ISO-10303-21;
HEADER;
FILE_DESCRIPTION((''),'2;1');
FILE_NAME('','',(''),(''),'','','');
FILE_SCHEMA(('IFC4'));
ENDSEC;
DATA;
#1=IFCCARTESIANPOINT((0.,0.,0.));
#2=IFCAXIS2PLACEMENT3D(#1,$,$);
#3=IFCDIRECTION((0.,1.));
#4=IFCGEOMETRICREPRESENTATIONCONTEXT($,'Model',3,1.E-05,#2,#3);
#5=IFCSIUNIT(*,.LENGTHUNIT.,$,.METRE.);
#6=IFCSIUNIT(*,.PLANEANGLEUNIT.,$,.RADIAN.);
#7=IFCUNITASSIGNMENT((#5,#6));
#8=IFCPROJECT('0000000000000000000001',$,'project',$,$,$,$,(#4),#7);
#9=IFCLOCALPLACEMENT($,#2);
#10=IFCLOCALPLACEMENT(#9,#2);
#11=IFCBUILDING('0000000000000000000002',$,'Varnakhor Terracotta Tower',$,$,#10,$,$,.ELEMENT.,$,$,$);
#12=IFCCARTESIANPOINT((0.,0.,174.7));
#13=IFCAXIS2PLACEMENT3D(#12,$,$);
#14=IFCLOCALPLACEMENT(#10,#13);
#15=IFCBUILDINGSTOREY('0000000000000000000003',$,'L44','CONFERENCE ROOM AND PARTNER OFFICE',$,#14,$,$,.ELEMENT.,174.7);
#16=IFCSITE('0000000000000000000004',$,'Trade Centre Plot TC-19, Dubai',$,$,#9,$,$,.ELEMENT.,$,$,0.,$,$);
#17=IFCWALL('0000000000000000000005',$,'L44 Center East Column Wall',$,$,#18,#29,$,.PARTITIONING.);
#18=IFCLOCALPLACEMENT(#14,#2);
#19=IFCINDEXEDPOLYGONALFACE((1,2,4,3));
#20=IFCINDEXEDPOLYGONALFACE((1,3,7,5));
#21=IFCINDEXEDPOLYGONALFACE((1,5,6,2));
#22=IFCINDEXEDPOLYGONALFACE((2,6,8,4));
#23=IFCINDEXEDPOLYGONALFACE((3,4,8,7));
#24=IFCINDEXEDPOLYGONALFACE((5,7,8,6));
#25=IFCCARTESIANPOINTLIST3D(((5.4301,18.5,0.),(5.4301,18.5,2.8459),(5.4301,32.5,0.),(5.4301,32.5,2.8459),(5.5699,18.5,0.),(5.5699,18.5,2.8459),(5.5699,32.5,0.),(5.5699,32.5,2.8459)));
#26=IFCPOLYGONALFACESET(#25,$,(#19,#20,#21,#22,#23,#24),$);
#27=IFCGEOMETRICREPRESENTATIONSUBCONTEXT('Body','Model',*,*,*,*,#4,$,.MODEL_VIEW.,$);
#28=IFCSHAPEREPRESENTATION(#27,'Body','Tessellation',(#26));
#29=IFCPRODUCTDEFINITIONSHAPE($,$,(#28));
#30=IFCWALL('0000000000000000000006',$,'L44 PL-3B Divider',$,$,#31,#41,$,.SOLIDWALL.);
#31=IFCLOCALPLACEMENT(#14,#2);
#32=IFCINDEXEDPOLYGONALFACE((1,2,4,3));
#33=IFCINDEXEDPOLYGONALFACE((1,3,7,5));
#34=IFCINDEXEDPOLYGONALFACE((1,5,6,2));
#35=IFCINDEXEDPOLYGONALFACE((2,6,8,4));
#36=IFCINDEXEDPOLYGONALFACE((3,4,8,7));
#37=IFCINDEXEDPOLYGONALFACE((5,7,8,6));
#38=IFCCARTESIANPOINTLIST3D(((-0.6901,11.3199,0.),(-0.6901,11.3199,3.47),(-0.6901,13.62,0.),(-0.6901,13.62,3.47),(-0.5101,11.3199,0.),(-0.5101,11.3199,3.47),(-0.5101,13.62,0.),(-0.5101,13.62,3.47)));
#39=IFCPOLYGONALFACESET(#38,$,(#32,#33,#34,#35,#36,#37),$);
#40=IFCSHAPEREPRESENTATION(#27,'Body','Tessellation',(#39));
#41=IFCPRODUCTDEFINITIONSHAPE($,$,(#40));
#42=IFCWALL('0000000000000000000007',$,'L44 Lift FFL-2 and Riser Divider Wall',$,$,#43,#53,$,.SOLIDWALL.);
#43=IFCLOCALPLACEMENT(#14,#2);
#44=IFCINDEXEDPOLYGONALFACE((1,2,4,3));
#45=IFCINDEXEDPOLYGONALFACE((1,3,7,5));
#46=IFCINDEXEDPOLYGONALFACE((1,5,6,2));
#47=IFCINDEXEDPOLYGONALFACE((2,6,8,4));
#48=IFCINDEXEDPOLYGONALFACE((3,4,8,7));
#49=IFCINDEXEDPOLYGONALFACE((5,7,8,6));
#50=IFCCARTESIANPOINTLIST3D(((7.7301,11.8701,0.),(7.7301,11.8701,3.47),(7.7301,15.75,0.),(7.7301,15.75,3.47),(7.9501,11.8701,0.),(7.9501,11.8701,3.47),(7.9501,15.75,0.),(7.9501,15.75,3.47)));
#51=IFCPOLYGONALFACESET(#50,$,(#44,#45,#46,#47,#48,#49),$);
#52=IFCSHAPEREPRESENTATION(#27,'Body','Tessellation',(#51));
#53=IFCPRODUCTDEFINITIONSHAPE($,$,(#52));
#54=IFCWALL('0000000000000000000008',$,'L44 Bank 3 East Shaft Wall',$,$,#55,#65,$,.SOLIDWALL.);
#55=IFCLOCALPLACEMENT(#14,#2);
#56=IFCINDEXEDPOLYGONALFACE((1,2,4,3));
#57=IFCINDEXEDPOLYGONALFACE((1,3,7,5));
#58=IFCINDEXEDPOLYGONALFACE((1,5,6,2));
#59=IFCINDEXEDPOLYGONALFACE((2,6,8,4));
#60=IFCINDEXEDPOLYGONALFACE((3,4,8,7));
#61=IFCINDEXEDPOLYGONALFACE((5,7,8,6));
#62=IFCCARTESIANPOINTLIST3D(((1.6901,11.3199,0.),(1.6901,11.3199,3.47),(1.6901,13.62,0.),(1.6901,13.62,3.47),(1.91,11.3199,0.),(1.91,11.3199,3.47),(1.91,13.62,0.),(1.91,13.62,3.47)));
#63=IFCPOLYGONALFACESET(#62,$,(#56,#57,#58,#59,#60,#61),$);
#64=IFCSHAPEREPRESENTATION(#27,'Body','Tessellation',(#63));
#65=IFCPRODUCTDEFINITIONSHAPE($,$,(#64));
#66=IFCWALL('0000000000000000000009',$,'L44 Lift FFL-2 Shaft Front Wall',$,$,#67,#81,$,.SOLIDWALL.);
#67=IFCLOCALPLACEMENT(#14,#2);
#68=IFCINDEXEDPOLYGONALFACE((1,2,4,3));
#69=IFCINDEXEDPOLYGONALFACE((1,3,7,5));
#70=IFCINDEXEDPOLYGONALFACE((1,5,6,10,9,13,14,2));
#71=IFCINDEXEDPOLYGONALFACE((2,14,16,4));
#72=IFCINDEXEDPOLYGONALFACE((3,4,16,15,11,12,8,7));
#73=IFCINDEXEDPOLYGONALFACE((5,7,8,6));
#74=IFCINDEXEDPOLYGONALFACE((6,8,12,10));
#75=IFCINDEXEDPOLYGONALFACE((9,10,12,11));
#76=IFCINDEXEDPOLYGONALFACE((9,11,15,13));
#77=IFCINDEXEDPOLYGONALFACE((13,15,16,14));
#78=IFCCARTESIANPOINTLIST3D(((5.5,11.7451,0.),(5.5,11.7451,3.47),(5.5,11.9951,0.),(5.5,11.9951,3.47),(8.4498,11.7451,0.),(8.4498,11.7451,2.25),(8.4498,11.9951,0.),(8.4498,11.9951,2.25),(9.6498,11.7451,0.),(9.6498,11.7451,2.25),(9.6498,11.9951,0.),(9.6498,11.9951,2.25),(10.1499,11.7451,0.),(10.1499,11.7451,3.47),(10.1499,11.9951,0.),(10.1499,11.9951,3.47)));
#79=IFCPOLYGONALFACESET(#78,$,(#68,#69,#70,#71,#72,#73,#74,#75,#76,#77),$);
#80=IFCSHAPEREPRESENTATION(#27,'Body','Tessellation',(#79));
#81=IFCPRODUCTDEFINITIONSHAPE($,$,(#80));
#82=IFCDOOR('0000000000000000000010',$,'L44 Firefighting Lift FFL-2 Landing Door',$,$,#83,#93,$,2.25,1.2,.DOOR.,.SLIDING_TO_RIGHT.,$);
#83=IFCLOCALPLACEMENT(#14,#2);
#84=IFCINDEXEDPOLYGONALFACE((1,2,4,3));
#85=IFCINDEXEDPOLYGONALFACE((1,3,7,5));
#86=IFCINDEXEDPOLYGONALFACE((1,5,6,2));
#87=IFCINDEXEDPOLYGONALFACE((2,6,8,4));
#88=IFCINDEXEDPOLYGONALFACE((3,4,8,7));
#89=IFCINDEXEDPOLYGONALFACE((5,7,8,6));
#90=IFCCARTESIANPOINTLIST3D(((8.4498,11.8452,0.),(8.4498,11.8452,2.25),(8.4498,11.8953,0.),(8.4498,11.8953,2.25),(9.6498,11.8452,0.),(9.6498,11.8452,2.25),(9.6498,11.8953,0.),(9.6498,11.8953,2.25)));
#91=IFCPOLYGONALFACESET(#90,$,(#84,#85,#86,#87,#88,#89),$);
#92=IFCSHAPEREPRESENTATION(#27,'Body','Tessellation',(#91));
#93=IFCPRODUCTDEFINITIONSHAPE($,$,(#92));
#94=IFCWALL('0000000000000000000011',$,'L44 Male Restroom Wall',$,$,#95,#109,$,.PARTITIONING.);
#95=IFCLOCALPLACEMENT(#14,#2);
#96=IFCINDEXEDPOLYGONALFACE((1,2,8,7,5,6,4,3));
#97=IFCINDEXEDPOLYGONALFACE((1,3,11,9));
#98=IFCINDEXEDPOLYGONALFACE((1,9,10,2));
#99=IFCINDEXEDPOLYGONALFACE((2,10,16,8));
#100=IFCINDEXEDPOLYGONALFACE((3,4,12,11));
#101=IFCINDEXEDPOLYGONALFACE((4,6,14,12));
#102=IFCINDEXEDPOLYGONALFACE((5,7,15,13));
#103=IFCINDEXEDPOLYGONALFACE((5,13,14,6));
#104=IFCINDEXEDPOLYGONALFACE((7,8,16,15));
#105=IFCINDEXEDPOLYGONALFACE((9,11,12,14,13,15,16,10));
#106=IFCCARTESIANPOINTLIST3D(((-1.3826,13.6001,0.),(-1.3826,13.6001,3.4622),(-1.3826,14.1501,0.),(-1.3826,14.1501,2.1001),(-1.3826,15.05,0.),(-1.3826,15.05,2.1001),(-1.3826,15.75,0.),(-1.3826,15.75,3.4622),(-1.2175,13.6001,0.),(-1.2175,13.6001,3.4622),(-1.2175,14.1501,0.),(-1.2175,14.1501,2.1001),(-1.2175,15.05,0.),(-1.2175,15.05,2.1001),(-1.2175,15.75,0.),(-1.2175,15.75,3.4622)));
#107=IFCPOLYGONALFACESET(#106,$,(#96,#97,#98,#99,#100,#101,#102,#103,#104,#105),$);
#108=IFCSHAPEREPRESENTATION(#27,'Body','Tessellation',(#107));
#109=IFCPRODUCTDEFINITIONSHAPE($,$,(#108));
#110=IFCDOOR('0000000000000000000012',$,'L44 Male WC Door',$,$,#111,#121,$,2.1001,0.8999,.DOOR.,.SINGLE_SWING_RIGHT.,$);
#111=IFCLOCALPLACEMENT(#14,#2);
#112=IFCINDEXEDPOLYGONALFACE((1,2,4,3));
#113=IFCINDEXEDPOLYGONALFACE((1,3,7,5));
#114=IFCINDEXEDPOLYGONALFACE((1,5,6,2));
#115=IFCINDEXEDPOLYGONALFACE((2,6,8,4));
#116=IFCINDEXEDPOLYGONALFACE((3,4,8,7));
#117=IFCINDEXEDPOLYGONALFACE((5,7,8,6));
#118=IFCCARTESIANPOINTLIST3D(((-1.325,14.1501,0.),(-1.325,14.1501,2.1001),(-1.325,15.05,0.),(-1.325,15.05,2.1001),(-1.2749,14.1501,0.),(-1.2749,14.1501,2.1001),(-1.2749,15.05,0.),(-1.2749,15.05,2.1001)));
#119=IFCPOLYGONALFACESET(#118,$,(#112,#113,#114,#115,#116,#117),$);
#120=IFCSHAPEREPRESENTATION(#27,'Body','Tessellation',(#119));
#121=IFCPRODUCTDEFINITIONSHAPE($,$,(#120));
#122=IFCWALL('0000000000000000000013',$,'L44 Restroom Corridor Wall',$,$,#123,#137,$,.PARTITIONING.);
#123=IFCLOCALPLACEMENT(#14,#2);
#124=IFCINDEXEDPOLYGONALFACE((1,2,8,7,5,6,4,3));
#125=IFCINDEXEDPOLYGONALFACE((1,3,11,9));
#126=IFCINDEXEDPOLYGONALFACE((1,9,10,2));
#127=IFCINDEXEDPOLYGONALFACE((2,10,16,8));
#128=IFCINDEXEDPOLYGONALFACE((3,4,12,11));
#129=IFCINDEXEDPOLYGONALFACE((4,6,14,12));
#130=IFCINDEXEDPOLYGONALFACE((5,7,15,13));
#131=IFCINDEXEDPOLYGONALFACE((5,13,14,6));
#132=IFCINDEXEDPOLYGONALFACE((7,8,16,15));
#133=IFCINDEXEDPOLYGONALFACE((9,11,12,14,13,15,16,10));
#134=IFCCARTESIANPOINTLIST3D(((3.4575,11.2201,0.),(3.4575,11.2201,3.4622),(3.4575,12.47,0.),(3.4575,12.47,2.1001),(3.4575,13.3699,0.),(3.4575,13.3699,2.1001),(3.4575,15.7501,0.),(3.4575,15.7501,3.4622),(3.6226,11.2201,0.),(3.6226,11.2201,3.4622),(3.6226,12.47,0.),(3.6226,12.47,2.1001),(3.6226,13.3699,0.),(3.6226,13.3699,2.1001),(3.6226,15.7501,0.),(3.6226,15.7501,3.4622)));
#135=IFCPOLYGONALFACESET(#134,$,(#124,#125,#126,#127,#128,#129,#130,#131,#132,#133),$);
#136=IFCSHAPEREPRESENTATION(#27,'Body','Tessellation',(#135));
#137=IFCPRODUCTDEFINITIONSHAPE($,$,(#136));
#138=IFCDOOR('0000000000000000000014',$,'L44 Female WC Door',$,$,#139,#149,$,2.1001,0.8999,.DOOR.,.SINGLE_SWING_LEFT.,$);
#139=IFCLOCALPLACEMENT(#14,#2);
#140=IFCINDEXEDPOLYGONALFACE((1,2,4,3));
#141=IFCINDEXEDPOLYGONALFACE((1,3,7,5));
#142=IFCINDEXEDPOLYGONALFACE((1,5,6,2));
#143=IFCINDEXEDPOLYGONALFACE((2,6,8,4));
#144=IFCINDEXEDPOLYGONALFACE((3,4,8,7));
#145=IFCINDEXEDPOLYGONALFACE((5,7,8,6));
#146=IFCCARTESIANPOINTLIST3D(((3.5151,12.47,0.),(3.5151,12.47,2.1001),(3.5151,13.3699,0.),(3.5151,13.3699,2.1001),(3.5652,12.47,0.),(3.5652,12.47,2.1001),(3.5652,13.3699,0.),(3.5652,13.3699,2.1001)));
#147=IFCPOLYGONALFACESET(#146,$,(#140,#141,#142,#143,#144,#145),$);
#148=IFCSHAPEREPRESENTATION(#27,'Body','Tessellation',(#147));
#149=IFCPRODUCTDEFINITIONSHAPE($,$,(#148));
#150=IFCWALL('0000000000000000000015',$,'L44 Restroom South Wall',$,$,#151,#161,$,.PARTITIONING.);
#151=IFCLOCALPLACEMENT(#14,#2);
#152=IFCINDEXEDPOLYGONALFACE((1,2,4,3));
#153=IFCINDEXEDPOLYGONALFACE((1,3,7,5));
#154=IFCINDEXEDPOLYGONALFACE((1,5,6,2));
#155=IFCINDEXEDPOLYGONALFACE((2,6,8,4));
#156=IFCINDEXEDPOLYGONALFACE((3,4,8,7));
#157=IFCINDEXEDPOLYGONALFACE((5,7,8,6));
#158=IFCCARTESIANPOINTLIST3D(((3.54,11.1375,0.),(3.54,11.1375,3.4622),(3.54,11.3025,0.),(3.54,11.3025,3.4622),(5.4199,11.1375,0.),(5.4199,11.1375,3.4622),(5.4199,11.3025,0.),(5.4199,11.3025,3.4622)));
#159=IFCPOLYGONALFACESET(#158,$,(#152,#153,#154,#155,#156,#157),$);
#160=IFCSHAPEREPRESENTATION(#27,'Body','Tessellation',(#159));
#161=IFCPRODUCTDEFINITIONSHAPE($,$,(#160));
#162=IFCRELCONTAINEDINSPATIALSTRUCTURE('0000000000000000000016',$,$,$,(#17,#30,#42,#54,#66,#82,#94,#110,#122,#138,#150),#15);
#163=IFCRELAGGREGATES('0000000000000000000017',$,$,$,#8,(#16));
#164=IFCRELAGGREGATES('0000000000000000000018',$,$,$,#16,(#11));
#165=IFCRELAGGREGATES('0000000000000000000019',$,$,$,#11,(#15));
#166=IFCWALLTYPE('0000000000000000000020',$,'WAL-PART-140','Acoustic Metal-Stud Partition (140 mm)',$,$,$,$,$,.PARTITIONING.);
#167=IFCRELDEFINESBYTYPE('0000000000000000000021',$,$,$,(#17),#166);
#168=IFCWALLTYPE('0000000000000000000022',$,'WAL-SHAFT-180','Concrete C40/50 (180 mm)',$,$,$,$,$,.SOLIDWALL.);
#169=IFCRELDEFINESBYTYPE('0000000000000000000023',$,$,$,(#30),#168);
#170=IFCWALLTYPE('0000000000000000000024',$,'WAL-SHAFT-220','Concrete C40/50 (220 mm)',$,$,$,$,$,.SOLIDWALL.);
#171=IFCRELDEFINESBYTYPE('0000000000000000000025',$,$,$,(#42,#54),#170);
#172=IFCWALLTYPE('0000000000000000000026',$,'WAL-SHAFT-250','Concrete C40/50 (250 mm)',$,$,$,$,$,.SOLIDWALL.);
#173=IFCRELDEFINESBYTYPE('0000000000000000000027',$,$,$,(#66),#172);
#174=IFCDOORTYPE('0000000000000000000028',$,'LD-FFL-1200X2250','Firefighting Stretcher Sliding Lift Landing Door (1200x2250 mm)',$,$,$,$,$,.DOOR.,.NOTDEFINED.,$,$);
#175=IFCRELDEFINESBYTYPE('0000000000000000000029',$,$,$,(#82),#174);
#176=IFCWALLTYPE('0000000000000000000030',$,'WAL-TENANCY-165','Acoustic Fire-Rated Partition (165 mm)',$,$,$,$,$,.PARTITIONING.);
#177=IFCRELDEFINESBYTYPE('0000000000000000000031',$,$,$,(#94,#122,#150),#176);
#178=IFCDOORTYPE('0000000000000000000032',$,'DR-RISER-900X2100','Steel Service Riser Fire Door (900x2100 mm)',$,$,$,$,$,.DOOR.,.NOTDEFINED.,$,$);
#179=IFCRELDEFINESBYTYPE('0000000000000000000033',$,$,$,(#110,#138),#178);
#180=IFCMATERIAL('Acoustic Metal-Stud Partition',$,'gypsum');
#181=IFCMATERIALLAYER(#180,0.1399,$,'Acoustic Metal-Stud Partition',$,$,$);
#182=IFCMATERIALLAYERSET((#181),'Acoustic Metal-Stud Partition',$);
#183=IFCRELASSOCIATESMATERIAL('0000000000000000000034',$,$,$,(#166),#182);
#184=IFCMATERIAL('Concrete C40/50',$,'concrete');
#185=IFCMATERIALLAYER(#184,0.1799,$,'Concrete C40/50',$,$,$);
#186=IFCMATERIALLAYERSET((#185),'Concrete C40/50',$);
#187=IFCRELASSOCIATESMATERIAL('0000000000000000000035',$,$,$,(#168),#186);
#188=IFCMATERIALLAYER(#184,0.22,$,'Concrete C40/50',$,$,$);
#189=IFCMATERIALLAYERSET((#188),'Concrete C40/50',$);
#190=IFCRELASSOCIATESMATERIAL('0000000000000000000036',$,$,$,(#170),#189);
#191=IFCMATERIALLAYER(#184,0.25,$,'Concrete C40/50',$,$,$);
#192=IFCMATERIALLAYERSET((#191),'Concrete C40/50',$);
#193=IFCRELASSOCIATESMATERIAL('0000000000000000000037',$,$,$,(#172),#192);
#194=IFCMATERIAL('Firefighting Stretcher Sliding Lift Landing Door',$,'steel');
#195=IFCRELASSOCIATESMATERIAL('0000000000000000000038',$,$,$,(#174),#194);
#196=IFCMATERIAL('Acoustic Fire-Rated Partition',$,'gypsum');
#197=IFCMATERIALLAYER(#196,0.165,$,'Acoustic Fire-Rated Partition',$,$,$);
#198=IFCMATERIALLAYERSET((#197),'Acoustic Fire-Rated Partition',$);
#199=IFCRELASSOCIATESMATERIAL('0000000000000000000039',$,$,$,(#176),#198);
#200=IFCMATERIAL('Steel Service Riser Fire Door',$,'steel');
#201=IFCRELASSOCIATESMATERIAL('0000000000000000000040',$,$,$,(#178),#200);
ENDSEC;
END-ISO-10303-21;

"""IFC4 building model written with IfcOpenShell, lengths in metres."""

from ifc_helpers import new_model, si_unit, direction, frame, frame_2d, origin, place, context, subcontext, project, spatial, rectangle, extrude, source, transform, mapped, material, layer, layer_set, type_object, type_shapes, element, fill, save


model = new_model("IFC4")

# Units and contexts
model_context = context("Model", 3, precision=1e-05, world=origin(), true_north=direction((0.0, 1.0)))
body_context = subcontext(model_context, "Body", "Model", "MODEL_VIEW")
ifc_project = project(units=[si_unit("LENGTHUNIT", "METRE"), si_unit("PLANEANGLEUNIT", "RADIAN")], contexts=[model_context])

# Site, building, storey
site_placement = place(None, origin())
site = spatial("IfcSite", under=ifc_project, at=site_placement, Name="Trade Centre Plot TC-19, Dubai", CompositionType="ELEMENT", RefElevation=0.0)
building_placement = place(site_placement, origin())
building = spatial("IfcBuilding", under=site, at=building_placement, Name="Varnakhor Terracotta Tower", CompositionType="ELEMENT")
storey_placement = place(building_placement, frame((0.0, 0.0, 174.7)))
storey = spatial("IfcBuildingStorey", under=building, at=storey_placement, Name="L44", Description="CONFERENCE ROOM AND PARTNER OFFICE", CompositionType="ELEMENT", Elevation=174.7)

# Walls
ifc_material_1 = material(Name="Acoustic Metal-Stud Partition", Category="gypsum")
ifc_layer_1 = layer(ifc_material_1, 0.1399, Name="Acoustic Metal-Stud Partition")
ifc_layer_set_1 = layer_set([ifc_layer_1], Name="Acoustic Metal-Stud Partition")
wall_type_1 = type_object("IfcWallType", Name="WAL-PART-140", Description="Acoustic Metal-Stud Partition (140 mm)", PredefinedType="PARTITIONING", material=ifc_layer_set_1)
wall_1_placement = place(storey_placement, frame((5.5, 18.5, 0.0), z_axis=(0.0, 0.0, 1.0), x_axis=(0.0, 1.0, 0.0)))
element("IfcWall", 1, at=wall_1_placement, inside=storey, type_object=wall_type_1, Name="L44 Center East Column Wall", PredefinedType="PARTITIONING", context=body_context, shape_type="SweptSolid", body=[
    extrude(rectangle(XDim=14.0, YDim=0.1399, at=frame_2d((7.0, 0.0))), origin(), (0.0, 0.0, 1.0), 2.8459),
])
ifc_material_2 = material(Name="Concrete C40/50", Category="concrete")
ifc_layer_2 = layer(ifc_material_2, 0.1799, Name="Concrete C40/50")
ifc_layer_set_2 = layer_set([ifc_layer_2], Name="Concrete C40/50")
wall_type_2 = type_object("IfcWallType", Name="WAL-SHAFT-180", Description="Concrete C40/50 (180 mm)", PredefinedType="SOLIDWALL", material=ifc_layer_set_2)
wall_2_placement = place(storey_placement, frame((-0.6001, 11.3201, 0.0), z_axis=(0.0, 0.0, 1.0), x_axis=(0.0, 1.0, 0.0)))
element("IfcWall", 2, at=wall_2_placement, inside=storey, type_object=wall_type_2, Name="L44 PL-3B Divider", PredefinedType="SOLIDWALL", context=body_context, shape_type="SweptSolid", body=[
    extrude(rectangle(XDim=2.3, YDim=0.1799, at=frame_2d((1.1499, 0.0))), origin(), (0.0, 0.0, 1.0), 3.47),
])
ifc_layer_3 = layer(ifc_material_2, 0.22, Name="Concrete C40/50")
ifc_layer_set_3 = layer_set([ifc_layer_3], Name="Concrete C40/50")
wall_type_3 = type_object("IfcWallType", Name="WAL-SHAFT-220", Description="Concrete C40/50 (220 mm)", PredefinedType="SOLIDWALL", material=ifc_layer_set_3)
wall_3_placement = place(storey_placement, frame((7.8401, 11.8701, 0.0), z_axis=(0.0, 0.0, 1.0), x_axis=(0.0, 1.0, 0.0)))
element("IfcWall", 3, at=wall_3_placement, inside=storey, type_object=wall_type_3, Name="L44 Lift FFL-2 and Riser Divider Wall", PredefinedType="SOLIDWALL", context=body_context, shape_type="SweptSolid", body=[
    extrude(rectangle(XDim=3.8799, YDim=0.22, at=frame_2d((1.9399, 0.0))), origin(), (0.0, 0.0, 1.0), 3.47),
])
wall_4_placement = place(storey_placement, frame((1.8, 11.3201, 0.0), z_axis=(0.0, 0.0, 1.0), x_axis=(0.0, 1.0, 0.0)))
element("IfcWall", 4, at=wall_4_placement, inside=storey, type_object=wall_type_3, Name="L44 Bank 3 East Shaft Wall", PredefinedType="SOLIDWALL", context=body_context, shape_type="SweptSolid", body=[
    extrude(rectangle(XDim=2.3, YDim=0.22, at=frame_2d((1.1499, 0.0))), origin(), (0.0, 0.0, 1.0), 3.47),
])

# Walls, openings, doors
ifc_layer_4 = layer(ifc_material_2, 0.25, Name="Concrete C40/50")
ifc_layer_set_4 = layer_set([ifc_layer_4], Name="Concrete C40/50")
wall_type_4 = type_object("IfcWallType", Name="WAL-SHAFT-250", Description="Concrete C40/50 (250 mm)", PredefinedType="SOLIDWALL", material=ifc_layer_set_4)
wall_5_placement = place(storey_placement, frame((10.1499, 11.8701, 0.0), z_axis=(0.0, 0.0, 1.0), x_axis=(-1.0, 0.0, 0.0)))
wall_5 = element("IfcWall", 5, at=wall_5_placement, inside=storey, type_object=wall_type_4, Name="L44 Lift FFL-2 Shaft Front Wall", PredefinedType="SOLIDWALL", context=body_context, shape_type="SweptSolid", body=[
    extrude(rectangle(XDim=4.6499, YDim=0.25, at=frame_2d((2.325, 0.0))), origin(), (0.0, 0.0, 1.0), 3.47),
])
opening_1_placement = place(wall_5_placement, frame((0.5, 0.0, 0.0)))
opening_1 = element("IfcOpeningElement", 6, at=opening_1_placement, cuts=wall_5, PredefinedType="OPENING", context=body_context, shape_type="SweptSolid", body=[
    extrude(rectangle(XDim=1.2, YDim=2.25, at=frame_2d((0.6001, 1.125))), frame((0.0, 0.135, 0.0), z_axis=(0.0, -1.0, 0.0), x_axis=(1.0, 0.0, 0.0)), (0.0, 0.0, 1.0), 0.27),
])
ifc_material_3 = material(Name="Firefighting Stretcher Sliding Lift Landing Door", Category="steel")
door_type_1 = type_object("IfcDoorType", Name="LD-FFL-1200X2250", Description="Firefighting Stretcher Sliding Lift Landing Door (1200x2250 mm)", OperationType="NOTDEFINED", PredefinedType="DOOR", material=ifc_material_3)
shared_shape_1 = source(origin(), body_context, "Body", "SweptSolid", [
    extrude(rectangle(XDim=1.2, YDim=2.25, at=frame_2d((0.6001, 1.125))), frame((0.0, 0.0249, 0.0), z_axis=(0.0, -1.0, 0.0), x_axis=(1.0, 0.0, 0.0)), (0.0, 0.0, 1.0), 0.05),
])
type_shapes(door_type_1, [shared_shape_1])
door_1_placement = place(opening_1_placement, origin())
door_1 = element("IfcDoor", 7, at=door_1_placement, inside=storey, type_object=door_type_1, Name="L44 Firefighting Lift FFL-2 Landing Door", OperationType="SLIDING_TO_RIGHT", OverallHeight=2.25, OverallWidth=1.2, PredefinedType="DOOR", context=body_context, shape_type="MappedRepresentation", body=[
    mapped(shared_shape_1, transform((0.0, 0.0, 0.0), scale=1.0)),
])
fill(opening_1, door_1)
ifc_material_4 = material(Name="Acoustic Fire-Rated Partition", Category="gypsum")
ifc_layer_5 = layer(ifc_material_4, 0.165, Name="Acoustic Fire-Rated Partition")
ifc_layer_set_5 = layer_set([ifc_layer_5], Name="Acoustic Fire-Rated Partition")
wall_type_5 = type_object("IfcWallType", Name="WAL-TENANCY-165", Description="Acoustic Fire-Rated Partition (165 mm)", PredefinedType="PARTITIONING", material=ifc_layer_set_5)
wall_6_placement = place(storey_placement, frame((-1.3, 13.6001, 0.0), z_axis=(0.0, 0.0, 1.0), x_axis=(0.0, 1.0, 0.0)))
wall_6 = element("IfcWall", 8, at=wall_6_placement, inside=storey, type_object=wall_type_5, Name="L44 Male Restroom Wall", PredefinedType="PARTITIONING", context=body_context, shape_type="SweptSolid", body=[
    extrude(rectangle(XDim=2.1499, YDim=0.165, at=frame_2d((1.075, 0.0))), origin(), (0.0, 0.0, 1.0), 3.4622),
])
opening_2_placement = place(wall_6_placement, frame((0.55, 0.0, 0.0)))
opening_2 = element("IfcOpeningElement", 9, at=opening_2_placement, cuts=wall_6, PredefinedType="OPENING", context=body_context, shape_type="SweptSolid", body=[
    extrude(rectangle(XDim=0.8999, YDim=2.1001, at=frame_2d((0.45, 1.05))), frame((0.0, 0.0925, 0.0), z_axis=(0.0, -1.0, 0.0), x_axis=(1.0, 0.0, 0.0)), (0.0, 0.0, 1.0), 0.1851),
])
ifc_material_5 = material(Name="Steel Service Riser Fire Door", Category="steel")
door_type_2 = type_object("IfcDoorType", Name="DR-RISER-900X2100", Description="Steel Service Riser Fire Door (900x2100 mm)", OperationType="NOTDEFINED", PredefinedType="DOOR", material=ifc_material_5)
shared_shape_2 = source(origin(), body_context, "Body", "SweptSolid", [
    extrude(rectangle(XDim=0.8999, YDim=2.1001, at=frame_2d((0.45, 1.05))), frame((0.0, 0.0249, 0.0), z_axis=(0.0, -1.0, 0.0), x_axis=(1.0, 0.0, 0.0)), (0.0, 0.0, 1.0), 0.05),
])
type_shapes(door_type_2, [shared_shape_2])
door_2_placement = place(opening_2_placement, origin())
door_2 = element("IfcDoor", 10, at=door_2_placement, inside=storey, type_object=door_type_2, Name="L44 Male WC Door", OperationType="SINGLE_SWING_RIGHT", OverallHeight=2.1001, OverallWidth=0.8999, PredefinedType="DOOR", context=body_context, shape_type="MappedRepresentation", body=[
    mapped(shared_shape_2, transform((0.0, 0.0, 0.0), scale=1.0)),
])
fill(opening_2, door_2)
wall_7_placement = place(storey_placement, frame((3.54, 11.22, 0.0), z_axis=(0.0, 0.0, 1.0), x_axis=(0.0, 1.0, 0.0)))
wall_7 = element("IfcWall", 11, at=wall_7_placement, inside=storey, type_object=wall_type_5, Name="L44 Restroom Corridor Wall", PredefinedType="PARTITIONING", context=body_context, shape_type="SweptSolid", body=[
    extrude(rectangle(XDim=4.53, YDim=0.165, at=frame_2d((2.2651, 0.0))), origin(), (0.0, 0.0, 1.0), 3.4622),
])
opening_3_placement = place(wall_7_placement, frame((1.25, 0.0, 0.0)))
opening_3 = element("IfcOpeningElement", 12, at=opening_3_placement, cuts=wall_7, PredefinedType="OPENING", context=body_context, shape_type="SweptSolid", body=[
    extrude(rectangle(XDim=0.8999, YDim=2.1001, at=frame_2d((0.45, 1.05))), frame((0.0, 0.0925, 0.0), z_axis=(0.0, -1.0, 0.0), x_axis=(1.0, 0.0, 0.0)), (0.0, 0.0, 1.0), 0.1851),
])
door_3_placement = place(opening_3_placement, origin())
door_3 = element("IfcDoor", 13, at=door_3_placement, inside=storey, type_object=door_type_2, Name="L44 Female WC Door", OperationType="SINGLE_SWING_LEFT", OverallHeight=2.1001, OverallWidth=0.8999, PredefinedType="DOOR", context=body_context, shape_type="MappedRepresentation", body=[
    mapped(shared_shape_2, transform((0.0, 0.0, 0.0), scale=1.0)),
])
fill(opening_3, door_3)

# Wall
wall_8_placement = place(storey_placement, frame((3.54, 11.22, 0.0), z_axis=(0.0, 0.0, 1.0), x_axis=(1.0, 0.0, 0.0)))
element("IfcWall", 14, at=wall_8_placement, inside=storey, type_object=wall_type_5, Name="L44 Restroom South Wall", PredefinedType="PARTITIONING", context=body_context, shape_type="SweptSolid", body=[
    extrude(rectangle(XDim=1.8799, YDim=0.165, at=frame_2d((0.9399, 0.0))), origin(), (0.0, 0.0, 1.0), 3.4622),
])

save(model, "model.ifc")
